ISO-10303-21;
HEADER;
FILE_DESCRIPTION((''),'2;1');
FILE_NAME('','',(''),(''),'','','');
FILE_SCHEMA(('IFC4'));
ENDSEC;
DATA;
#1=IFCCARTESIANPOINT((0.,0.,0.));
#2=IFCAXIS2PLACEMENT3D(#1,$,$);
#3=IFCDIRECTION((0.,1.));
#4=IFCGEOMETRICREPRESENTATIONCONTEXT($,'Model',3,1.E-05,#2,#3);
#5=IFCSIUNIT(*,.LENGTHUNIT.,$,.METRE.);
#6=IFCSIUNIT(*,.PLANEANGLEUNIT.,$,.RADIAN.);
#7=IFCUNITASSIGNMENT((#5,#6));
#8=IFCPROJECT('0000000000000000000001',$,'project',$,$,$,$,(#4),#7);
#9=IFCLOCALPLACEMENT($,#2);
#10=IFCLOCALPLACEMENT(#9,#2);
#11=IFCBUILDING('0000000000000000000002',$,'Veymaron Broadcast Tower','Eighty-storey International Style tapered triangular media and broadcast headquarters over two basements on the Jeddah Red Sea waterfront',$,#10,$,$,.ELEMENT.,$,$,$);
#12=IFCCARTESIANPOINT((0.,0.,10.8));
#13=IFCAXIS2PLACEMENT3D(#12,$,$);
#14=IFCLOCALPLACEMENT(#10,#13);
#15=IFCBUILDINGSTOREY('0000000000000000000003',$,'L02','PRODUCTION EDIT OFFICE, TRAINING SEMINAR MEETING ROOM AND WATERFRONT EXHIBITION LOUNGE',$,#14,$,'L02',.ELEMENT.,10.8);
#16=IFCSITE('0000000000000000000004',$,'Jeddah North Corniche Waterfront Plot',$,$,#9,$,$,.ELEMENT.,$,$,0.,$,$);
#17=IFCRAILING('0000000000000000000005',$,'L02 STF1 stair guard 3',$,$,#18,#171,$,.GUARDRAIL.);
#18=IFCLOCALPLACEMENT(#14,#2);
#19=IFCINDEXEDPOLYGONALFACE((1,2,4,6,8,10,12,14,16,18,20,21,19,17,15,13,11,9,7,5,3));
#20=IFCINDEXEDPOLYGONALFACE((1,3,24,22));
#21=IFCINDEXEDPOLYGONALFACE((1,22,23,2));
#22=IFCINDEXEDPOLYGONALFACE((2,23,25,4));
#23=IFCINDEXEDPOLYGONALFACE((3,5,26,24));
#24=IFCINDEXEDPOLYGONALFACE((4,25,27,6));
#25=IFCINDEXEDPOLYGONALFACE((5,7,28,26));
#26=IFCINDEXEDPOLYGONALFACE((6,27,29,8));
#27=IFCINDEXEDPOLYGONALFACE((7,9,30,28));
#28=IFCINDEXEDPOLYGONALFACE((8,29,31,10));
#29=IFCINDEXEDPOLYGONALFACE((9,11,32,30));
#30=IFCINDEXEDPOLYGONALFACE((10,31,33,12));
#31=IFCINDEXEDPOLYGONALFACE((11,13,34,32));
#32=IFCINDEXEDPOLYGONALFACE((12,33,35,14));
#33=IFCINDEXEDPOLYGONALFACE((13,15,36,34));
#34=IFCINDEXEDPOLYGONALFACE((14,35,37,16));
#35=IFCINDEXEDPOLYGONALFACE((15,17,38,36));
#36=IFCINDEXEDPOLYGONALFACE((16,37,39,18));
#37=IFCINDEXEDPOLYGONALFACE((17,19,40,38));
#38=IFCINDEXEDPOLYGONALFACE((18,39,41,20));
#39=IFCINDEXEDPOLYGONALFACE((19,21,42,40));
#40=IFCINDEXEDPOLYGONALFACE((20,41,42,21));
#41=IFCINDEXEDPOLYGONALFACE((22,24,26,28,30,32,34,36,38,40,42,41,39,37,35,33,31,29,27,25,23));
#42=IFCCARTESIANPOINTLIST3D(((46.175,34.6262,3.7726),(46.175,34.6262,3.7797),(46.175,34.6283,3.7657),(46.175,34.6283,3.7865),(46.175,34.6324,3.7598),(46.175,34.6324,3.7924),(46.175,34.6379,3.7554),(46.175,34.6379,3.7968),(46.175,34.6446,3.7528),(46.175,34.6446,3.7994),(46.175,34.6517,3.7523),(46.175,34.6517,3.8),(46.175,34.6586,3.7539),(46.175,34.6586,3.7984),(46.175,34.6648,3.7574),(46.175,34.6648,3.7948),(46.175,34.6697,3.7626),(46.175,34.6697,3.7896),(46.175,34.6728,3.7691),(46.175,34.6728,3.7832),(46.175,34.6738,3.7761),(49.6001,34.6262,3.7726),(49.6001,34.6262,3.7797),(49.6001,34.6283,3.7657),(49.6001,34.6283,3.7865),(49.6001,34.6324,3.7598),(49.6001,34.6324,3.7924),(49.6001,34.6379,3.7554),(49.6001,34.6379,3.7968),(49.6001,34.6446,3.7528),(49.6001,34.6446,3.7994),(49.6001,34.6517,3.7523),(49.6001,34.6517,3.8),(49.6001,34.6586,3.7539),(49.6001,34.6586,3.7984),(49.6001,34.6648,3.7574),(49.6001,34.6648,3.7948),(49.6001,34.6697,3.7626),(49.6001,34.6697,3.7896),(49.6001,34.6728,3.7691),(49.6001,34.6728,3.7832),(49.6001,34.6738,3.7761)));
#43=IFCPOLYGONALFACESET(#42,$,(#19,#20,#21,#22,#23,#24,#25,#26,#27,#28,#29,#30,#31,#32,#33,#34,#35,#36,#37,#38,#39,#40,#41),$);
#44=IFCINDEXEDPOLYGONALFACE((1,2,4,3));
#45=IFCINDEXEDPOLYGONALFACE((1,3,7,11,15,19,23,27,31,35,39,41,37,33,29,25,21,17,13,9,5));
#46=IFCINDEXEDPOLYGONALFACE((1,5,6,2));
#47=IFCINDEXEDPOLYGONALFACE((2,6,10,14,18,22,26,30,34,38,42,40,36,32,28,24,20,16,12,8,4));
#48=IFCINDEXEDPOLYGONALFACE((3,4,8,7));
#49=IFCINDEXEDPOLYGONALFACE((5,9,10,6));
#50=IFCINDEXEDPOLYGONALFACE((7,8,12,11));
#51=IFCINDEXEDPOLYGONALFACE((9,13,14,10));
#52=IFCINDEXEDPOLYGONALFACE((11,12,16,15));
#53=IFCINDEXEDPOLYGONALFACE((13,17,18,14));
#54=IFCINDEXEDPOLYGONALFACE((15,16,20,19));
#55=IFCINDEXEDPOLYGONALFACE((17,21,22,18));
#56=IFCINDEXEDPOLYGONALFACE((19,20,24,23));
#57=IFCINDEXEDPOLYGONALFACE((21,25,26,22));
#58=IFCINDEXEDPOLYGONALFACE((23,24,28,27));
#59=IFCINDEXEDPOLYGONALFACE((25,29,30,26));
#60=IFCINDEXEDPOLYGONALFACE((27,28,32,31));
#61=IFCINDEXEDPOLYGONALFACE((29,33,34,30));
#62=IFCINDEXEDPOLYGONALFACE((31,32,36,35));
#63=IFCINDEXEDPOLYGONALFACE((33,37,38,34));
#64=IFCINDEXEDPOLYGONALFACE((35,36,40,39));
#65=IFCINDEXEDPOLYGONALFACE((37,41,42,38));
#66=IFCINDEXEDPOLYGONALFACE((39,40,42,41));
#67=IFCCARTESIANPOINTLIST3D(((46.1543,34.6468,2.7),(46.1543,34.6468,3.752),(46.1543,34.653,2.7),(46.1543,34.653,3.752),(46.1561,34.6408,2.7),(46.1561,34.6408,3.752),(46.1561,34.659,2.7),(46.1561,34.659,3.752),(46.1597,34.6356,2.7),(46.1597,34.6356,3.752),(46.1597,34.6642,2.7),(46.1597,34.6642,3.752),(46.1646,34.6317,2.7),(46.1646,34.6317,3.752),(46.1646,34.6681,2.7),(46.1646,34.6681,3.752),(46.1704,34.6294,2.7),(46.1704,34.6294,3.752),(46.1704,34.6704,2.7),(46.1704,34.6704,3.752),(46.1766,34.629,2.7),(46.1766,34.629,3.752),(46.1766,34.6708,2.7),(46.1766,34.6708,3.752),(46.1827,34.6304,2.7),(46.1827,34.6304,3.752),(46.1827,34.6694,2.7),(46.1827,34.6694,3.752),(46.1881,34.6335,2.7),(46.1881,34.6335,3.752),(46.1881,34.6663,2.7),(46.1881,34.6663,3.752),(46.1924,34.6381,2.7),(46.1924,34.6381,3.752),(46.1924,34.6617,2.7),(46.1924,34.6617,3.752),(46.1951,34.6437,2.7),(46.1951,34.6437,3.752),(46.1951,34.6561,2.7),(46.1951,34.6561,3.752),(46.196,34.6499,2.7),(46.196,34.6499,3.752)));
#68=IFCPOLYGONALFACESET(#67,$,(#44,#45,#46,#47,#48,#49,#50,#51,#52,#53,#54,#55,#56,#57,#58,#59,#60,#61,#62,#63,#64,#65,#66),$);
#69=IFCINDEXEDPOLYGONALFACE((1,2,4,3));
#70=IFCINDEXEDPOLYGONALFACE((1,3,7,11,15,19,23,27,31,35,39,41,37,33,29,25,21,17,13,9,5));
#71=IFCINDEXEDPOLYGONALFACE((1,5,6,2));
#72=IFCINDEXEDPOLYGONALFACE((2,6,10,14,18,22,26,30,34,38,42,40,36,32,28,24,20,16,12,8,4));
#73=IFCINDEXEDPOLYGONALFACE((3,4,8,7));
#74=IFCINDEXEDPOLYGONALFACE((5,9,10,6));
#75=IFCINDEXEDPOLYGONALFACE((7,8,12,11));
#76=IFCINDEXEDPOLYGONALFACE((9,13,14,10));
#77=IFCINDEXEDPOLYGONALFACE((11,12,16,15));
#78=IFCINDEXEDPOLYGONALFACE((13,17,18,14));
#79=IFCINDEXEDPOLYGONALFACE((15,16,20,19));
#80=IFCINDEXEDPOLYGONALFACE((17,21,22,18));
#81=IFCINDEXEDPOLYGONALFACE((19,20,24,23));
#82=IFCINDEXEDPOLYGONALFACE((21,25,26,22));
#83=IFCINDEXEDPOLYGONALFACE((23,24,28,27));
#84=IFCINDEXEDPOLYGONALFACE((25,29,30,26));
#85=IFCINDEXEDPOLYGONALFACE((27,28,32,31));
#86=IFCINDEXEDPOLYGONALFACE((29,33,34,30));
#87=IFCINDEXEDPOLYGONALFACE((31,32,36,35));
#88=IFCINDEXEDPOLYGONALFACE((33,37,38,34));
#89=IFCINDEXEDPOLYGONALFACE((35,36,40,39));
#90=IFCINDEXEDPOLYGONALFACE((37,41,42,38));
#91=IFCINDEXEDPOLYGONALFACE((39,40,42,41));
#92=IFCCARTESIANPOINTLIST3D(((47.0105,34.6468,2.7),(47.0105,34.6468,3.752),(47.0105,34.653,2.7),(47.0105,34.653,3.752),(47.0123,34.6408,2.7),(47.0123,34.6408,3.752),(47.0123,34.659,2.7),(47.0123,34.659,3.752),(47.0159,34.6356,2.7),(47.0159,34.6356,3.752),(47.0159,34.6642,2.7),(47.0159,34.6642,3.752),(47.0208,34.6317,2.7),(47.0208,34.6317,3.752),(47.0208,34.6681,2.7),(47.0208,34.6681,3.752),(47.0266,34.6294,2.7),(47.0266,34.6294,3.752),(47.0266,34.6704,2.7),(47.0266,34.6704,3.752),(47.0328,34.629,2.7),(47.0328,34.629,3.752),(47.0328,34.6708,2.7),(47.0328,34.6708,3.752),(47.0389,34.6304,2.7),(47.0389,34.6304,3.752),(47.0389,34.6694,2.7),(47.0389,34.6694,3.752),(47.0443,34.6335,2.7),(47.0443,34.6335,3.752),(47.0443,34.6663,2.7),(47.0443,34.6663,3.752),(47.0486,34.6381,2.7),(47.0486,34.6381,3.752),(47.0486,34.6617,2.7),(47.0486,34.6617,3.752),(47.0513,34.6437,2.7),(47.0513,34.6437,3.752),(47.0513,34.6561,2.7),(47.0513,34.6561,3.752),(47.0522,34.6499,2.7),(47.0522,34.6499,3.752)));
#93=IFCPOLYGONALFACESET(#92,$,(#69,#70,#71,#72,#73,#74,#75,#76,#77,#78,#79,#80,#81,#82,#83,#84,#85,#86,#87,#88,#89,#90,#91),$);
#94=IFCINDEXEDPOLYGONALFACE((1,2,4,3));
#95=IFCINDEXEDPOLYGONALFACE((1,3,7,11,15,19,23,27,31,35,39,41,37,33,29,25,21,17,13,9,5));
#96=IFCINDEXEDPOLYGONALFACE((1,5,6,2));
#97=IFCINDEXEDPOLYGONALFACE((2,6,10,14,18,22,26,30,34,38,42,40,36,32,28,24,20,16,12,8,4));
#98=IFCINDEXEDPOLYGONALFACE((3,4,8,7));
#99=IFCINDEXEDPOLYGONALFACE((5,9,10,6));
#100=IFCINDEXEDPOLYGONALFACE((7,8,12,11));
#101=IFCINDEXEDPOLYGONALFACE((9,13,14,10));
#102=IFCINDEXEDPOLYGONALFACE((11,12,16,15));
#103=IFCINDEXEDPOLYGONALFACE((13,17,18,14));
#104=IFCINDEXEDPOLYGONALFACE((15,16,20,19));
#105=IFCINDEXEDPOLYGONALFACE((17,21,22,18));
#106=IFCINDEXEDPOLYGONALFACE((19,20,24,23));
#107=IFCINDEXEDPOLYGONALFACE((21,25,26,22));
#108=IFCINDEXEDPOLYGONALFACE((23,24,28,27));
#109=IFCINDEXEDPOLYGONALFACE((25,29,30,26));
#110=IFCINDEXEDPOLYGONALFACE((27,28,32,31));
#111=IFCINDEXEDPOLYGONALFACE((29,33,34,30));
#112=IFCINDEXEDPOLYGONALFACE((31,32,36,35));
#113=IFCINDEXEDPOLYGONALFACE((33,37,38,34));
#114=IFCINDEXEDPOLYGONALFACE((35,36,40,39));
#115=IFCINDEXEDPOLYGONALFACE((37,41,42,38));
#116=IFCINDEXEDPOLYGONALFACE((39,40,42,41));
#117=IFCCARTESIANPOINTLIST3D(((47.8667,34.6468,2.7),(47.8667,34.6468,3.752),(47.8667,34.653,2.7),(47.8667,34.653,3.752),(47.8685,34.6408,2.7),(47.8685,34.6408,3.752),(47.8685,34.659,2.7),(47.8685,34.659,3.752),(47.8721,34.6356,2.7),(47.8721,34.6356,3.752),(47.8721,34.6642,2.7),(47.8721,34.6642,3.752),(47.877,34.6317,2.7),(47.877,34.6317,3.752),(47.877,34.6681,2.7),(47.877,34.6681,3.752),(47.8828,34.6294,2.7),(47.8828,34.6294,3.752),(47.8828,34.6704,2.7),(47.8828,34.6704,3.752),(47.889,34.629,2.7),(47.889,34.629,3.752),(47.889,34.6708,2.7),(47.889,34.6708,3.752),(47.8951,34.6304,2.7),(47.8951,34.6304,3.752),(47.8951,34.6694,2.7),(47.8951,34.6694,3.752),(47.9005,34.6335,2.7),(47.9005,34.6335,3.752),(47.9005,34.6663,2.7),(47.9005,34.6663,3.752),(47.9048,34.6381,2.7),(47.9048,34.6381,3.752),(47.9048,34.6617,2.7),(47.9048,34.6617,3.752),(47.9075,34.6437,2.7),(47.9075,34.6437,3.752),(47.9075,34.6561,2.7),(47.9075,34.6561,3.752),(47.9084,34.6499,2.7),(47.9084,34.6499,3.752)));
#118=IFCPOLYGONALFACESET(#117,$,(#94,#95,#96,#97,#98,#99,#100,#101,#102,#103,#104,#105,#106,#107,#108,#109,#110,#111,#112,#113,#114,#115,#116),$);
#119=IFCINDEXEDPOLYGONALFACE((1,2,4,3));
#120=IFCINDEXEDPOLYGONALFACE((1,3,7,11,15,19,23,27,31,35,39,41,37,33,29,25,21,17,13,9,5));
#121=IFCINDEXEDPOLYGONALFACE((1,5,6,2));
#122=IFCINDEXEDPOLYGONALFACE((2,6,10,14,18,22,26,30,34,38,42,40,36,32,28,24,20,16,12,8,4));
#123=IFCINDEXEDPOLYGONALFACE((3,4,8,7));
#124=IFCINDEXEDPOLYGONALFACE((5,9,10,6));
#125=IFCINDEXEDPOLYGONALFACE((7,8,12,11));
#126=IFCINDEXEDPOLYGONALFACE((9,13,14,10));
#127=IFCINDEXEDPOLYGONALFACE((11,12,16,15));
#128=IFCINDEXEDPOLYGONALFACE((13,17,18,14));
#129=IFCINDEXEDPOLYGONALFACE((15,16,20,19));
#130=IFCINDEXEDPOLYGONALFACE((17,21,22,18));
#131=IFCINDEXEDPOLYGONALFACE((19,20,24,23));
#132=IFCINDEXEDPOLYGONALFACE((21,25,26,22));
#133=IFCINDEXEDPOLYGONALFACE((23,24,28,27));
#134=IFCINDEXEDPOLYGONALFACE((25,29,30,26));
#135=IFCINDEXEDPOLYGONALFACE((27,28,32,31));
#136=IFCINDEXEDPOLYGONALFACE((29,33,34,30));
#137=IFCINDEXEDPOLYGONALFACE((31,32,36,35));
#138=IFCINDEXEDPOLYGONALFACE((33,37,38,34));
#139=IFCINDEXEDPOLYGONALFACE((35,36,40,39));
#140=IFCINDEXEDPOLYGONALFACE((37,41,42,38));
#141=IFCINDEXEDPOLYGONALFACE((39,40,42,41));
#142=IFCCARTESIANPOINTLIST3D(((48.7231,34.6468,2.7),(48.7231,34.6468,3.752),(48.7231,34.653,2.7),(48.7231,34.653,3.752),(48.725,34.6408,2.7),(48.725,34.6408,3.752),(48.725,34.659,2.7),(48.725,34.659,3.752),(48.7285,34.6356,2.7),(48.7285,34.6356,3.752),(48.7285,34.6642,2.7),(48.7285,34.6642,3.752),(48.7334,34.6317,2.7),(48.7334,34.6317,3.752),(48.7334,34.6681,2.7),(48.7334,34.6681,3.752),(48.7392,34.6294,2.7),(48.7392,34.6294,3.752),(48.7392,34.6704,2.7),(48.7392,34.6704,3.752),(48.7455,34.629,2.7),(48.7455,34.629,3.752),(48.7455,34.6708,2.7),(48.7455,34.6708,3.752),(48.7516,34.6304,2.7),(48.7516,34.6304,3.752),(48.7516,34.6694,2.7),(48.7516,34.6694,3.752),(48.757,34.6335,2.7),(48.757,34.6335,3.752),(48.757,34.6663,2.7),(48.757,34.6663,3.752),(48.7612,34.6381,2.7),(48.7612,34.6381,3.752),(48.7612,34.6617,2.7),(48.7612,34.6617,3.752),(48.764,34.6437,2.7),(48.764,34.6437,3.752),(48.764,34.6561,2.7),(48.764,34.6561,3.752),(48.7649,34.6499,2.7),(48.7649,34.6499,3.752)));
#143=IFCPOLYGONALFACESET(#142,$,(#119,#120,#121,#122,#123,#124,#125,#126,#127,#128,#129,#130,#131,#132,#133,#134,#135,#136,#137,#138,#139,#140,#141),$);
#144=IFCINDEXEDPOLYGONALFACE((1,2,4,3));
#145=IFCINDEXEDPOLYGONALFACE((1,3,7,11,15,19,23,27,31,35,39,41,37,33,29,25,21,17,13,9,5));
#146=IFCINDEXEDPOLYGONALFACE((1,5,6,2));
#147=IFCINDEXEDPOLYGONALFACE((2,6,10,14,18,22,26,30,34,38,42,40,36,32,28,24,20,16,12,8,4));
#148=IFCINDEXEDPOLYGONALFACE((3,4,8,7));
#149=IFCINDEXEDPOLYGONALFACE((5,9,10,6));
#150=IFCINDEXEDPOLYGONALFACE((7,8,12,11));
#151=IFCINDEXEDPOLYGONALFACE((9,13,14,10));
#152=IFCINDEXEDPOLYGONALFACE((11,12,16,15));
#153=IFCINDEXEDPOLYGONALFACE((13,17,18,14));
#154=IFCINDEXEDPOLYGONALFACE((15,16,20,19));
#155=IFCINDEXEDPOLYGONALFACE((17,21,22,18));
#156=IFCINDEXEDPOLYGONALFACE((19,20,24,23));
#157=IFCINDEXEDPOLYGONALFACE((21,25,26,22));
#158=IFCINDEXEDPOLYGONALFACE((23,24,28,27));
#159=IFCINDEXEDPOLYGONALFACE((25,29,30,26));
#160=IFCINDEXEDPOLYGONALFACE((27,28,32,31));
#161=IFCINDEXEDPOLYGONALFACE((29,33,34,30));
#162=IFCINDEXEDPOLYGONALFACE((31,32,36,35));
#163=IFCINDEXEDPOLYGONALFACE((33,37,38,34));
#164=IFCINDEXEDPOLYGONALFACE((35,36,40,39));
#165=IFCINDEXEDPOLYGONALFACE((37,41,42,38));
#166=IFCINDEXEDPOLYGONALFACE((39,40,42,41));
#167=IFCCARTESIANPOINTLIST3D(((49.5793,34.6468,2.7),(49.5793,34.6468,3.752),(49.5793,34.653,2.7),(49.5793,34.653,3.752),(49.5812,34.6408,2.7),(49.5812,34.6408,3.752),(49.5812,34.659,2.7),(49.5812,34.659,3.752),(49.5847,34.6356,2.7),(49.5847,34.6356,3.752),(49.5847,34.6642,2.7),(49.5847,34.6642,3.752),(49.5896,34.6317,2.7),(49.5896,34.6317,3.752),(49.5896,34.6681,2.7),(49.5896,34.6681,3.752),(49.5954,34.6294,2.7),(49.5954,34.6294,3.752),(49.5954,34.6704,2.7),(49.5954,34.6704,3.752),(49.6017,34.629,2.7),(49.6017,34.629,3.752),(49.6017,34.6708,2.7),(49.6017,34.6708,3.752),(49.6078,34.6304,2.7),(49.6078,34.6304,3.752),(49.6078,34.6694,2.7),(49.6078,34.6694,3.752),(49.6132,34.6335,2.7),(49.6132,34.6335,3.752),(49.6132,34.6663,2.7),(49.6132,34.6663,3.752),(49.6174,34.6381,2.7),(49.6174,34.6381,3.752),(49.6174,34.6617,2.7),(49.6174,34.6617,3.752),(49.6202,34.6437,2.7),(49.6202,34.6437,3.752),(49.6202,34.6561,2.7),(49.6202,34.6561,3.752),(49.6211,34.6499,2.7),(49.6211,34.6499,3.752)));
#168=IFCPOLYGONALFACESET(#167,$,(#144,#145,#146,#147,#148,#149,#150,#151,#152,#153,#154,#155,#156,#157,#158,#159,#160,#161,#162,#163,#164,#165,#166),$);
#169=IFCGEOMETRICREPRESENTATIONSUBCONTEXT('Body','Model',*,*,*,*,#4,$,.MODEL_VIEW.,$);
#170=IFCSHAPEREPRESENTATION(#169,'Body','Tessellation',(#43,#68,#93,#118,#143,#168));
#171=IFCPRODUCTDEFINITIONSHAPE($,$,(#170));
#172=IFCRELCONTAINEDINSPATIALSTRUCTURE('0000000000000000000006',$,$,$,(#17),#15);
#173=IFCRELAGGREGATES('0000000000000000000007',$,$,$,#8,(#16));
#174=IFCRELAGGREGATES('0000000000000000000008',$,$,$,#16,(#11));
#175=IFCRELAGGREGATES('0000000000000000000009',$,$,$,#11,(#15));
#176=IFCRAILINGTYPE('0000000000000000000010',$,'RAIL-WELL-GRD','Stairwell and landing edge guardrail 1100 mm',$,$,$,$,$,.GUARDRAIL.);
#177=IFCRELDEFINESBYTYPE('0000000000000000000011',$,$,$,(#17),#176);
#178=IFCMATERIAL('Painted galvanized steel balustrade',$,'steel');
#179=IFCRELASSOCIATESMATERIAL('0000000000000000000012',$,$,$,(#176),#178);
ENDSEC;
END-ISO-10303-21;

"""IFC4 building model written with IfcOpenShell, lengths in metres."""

from ifc_helpers import new_model, si_unit, direction, frame, origin, origin_2d, place, context, subcontext, project, spatial, circle, extrude, material, type_object, element, save


model = new_model("IFC4")

# Units and contexts
model_context = context("Model", 3, precision=1e-05, world=origin(), true_north=direction((0.0, 1.0)))
body_context = subcontext(model_context, "Body", "Model", "MODEL_VIEW")
ifc_project = project(units=[si_unit("LENGTHUNIT", "METRE"), si_unit("PLANEANGLEUNIT", "RADIAN")], contexts=[model_context])

# Site, building, storey
site_placement = place(None, origin())
site = spatial("IfcSite", under=ifc_project, at=site_placement, Name="Jeddah North Corniche Waterfront Plot", CompositionType="ELEMENT", RefElevation=0.0)
building_placement = place(site_placement, origin())
building = spatial("IfcBuilding", under=site, at=building_placement, Name="Veymaron Broadcast Tower", Description="Eighty-storey International Style tapered triangular media and broadcast headquarters over two basements on the Jeddah Red Sea waterfront", CompositionType="ELEMENT")
storey_placement = place(building_placement, frame((0.0, 0.0, 10.8)))
storey = spatial("IfcBuildingStorey", under=building, at=storey_placement, Name="L02", Description="PRODUCTION EDIT OFFICE, TRAINING SEMINAR MEETING ROOM AND WATERFRONT EXHIBITION LOUNGE", LongName="L02", CompositionType="ELEMENT", Elevation=10.8)

# Railing
ifc_material_1 = material(Name="Painted galvanized steel balustrade", Category="steel")
railing_type_1 = type_object("IfcRailingType", Name="RAIL-WELL-GRD", Description="Stairwell and landing edge guardrail 1100 mm", PredefinedType="GUARDRAIL", material=ifc_material_1)
railing_1_placement = place(storey_placement, frame((46.175, 34.6499, 2.7)))
element("IfcRailing", 1, at=railing_1_placement, inside=storey, type_object=railing_type_1, Name="L02 STF1 stair guard 3", PredefinedType="GUARDRAIL", context=body_context, shape_type="SweptSolid", body=[
    extrude(circle(Radius=0.0239, at=origin_2d()), frame((0.0, 0.0, 1.0762), z_axis=(1.0, 0.0, 0.0), x_axis=(0.0, 1.0, 0.0)), (0.0, 0.0, 1.0), 3.425),
    extrude(circle(Radius=0.021, at=origin_2d()), origin(), (0.0, 0.0, 1.0), 1.052),
    extrude(circle(Radius=0.021, at=origin_2d()), frame((0.8562, 0.0, 0.0)), (0.0, 0.0, 1.0), 1.052),
    extrude(circle(Radius=0.021, at=origin_2d()), frame((1.7124, 0.0, 0.0)), (0.0, 0.0, 1.0), 1.052),
    extrude(circle(Radius=0.021, at=origin_2d()), frame((2.5688, 0.0, 0.0)), (0.0, 0.0, 1.0), 1.052),
    extrude(circle(Radius=0.021, at=origin_2d()), frame((3.425, 0.0, 0.0)), (0.0, 0.0, 1.0), 1.052),
])

save(model, "model.ifc")
